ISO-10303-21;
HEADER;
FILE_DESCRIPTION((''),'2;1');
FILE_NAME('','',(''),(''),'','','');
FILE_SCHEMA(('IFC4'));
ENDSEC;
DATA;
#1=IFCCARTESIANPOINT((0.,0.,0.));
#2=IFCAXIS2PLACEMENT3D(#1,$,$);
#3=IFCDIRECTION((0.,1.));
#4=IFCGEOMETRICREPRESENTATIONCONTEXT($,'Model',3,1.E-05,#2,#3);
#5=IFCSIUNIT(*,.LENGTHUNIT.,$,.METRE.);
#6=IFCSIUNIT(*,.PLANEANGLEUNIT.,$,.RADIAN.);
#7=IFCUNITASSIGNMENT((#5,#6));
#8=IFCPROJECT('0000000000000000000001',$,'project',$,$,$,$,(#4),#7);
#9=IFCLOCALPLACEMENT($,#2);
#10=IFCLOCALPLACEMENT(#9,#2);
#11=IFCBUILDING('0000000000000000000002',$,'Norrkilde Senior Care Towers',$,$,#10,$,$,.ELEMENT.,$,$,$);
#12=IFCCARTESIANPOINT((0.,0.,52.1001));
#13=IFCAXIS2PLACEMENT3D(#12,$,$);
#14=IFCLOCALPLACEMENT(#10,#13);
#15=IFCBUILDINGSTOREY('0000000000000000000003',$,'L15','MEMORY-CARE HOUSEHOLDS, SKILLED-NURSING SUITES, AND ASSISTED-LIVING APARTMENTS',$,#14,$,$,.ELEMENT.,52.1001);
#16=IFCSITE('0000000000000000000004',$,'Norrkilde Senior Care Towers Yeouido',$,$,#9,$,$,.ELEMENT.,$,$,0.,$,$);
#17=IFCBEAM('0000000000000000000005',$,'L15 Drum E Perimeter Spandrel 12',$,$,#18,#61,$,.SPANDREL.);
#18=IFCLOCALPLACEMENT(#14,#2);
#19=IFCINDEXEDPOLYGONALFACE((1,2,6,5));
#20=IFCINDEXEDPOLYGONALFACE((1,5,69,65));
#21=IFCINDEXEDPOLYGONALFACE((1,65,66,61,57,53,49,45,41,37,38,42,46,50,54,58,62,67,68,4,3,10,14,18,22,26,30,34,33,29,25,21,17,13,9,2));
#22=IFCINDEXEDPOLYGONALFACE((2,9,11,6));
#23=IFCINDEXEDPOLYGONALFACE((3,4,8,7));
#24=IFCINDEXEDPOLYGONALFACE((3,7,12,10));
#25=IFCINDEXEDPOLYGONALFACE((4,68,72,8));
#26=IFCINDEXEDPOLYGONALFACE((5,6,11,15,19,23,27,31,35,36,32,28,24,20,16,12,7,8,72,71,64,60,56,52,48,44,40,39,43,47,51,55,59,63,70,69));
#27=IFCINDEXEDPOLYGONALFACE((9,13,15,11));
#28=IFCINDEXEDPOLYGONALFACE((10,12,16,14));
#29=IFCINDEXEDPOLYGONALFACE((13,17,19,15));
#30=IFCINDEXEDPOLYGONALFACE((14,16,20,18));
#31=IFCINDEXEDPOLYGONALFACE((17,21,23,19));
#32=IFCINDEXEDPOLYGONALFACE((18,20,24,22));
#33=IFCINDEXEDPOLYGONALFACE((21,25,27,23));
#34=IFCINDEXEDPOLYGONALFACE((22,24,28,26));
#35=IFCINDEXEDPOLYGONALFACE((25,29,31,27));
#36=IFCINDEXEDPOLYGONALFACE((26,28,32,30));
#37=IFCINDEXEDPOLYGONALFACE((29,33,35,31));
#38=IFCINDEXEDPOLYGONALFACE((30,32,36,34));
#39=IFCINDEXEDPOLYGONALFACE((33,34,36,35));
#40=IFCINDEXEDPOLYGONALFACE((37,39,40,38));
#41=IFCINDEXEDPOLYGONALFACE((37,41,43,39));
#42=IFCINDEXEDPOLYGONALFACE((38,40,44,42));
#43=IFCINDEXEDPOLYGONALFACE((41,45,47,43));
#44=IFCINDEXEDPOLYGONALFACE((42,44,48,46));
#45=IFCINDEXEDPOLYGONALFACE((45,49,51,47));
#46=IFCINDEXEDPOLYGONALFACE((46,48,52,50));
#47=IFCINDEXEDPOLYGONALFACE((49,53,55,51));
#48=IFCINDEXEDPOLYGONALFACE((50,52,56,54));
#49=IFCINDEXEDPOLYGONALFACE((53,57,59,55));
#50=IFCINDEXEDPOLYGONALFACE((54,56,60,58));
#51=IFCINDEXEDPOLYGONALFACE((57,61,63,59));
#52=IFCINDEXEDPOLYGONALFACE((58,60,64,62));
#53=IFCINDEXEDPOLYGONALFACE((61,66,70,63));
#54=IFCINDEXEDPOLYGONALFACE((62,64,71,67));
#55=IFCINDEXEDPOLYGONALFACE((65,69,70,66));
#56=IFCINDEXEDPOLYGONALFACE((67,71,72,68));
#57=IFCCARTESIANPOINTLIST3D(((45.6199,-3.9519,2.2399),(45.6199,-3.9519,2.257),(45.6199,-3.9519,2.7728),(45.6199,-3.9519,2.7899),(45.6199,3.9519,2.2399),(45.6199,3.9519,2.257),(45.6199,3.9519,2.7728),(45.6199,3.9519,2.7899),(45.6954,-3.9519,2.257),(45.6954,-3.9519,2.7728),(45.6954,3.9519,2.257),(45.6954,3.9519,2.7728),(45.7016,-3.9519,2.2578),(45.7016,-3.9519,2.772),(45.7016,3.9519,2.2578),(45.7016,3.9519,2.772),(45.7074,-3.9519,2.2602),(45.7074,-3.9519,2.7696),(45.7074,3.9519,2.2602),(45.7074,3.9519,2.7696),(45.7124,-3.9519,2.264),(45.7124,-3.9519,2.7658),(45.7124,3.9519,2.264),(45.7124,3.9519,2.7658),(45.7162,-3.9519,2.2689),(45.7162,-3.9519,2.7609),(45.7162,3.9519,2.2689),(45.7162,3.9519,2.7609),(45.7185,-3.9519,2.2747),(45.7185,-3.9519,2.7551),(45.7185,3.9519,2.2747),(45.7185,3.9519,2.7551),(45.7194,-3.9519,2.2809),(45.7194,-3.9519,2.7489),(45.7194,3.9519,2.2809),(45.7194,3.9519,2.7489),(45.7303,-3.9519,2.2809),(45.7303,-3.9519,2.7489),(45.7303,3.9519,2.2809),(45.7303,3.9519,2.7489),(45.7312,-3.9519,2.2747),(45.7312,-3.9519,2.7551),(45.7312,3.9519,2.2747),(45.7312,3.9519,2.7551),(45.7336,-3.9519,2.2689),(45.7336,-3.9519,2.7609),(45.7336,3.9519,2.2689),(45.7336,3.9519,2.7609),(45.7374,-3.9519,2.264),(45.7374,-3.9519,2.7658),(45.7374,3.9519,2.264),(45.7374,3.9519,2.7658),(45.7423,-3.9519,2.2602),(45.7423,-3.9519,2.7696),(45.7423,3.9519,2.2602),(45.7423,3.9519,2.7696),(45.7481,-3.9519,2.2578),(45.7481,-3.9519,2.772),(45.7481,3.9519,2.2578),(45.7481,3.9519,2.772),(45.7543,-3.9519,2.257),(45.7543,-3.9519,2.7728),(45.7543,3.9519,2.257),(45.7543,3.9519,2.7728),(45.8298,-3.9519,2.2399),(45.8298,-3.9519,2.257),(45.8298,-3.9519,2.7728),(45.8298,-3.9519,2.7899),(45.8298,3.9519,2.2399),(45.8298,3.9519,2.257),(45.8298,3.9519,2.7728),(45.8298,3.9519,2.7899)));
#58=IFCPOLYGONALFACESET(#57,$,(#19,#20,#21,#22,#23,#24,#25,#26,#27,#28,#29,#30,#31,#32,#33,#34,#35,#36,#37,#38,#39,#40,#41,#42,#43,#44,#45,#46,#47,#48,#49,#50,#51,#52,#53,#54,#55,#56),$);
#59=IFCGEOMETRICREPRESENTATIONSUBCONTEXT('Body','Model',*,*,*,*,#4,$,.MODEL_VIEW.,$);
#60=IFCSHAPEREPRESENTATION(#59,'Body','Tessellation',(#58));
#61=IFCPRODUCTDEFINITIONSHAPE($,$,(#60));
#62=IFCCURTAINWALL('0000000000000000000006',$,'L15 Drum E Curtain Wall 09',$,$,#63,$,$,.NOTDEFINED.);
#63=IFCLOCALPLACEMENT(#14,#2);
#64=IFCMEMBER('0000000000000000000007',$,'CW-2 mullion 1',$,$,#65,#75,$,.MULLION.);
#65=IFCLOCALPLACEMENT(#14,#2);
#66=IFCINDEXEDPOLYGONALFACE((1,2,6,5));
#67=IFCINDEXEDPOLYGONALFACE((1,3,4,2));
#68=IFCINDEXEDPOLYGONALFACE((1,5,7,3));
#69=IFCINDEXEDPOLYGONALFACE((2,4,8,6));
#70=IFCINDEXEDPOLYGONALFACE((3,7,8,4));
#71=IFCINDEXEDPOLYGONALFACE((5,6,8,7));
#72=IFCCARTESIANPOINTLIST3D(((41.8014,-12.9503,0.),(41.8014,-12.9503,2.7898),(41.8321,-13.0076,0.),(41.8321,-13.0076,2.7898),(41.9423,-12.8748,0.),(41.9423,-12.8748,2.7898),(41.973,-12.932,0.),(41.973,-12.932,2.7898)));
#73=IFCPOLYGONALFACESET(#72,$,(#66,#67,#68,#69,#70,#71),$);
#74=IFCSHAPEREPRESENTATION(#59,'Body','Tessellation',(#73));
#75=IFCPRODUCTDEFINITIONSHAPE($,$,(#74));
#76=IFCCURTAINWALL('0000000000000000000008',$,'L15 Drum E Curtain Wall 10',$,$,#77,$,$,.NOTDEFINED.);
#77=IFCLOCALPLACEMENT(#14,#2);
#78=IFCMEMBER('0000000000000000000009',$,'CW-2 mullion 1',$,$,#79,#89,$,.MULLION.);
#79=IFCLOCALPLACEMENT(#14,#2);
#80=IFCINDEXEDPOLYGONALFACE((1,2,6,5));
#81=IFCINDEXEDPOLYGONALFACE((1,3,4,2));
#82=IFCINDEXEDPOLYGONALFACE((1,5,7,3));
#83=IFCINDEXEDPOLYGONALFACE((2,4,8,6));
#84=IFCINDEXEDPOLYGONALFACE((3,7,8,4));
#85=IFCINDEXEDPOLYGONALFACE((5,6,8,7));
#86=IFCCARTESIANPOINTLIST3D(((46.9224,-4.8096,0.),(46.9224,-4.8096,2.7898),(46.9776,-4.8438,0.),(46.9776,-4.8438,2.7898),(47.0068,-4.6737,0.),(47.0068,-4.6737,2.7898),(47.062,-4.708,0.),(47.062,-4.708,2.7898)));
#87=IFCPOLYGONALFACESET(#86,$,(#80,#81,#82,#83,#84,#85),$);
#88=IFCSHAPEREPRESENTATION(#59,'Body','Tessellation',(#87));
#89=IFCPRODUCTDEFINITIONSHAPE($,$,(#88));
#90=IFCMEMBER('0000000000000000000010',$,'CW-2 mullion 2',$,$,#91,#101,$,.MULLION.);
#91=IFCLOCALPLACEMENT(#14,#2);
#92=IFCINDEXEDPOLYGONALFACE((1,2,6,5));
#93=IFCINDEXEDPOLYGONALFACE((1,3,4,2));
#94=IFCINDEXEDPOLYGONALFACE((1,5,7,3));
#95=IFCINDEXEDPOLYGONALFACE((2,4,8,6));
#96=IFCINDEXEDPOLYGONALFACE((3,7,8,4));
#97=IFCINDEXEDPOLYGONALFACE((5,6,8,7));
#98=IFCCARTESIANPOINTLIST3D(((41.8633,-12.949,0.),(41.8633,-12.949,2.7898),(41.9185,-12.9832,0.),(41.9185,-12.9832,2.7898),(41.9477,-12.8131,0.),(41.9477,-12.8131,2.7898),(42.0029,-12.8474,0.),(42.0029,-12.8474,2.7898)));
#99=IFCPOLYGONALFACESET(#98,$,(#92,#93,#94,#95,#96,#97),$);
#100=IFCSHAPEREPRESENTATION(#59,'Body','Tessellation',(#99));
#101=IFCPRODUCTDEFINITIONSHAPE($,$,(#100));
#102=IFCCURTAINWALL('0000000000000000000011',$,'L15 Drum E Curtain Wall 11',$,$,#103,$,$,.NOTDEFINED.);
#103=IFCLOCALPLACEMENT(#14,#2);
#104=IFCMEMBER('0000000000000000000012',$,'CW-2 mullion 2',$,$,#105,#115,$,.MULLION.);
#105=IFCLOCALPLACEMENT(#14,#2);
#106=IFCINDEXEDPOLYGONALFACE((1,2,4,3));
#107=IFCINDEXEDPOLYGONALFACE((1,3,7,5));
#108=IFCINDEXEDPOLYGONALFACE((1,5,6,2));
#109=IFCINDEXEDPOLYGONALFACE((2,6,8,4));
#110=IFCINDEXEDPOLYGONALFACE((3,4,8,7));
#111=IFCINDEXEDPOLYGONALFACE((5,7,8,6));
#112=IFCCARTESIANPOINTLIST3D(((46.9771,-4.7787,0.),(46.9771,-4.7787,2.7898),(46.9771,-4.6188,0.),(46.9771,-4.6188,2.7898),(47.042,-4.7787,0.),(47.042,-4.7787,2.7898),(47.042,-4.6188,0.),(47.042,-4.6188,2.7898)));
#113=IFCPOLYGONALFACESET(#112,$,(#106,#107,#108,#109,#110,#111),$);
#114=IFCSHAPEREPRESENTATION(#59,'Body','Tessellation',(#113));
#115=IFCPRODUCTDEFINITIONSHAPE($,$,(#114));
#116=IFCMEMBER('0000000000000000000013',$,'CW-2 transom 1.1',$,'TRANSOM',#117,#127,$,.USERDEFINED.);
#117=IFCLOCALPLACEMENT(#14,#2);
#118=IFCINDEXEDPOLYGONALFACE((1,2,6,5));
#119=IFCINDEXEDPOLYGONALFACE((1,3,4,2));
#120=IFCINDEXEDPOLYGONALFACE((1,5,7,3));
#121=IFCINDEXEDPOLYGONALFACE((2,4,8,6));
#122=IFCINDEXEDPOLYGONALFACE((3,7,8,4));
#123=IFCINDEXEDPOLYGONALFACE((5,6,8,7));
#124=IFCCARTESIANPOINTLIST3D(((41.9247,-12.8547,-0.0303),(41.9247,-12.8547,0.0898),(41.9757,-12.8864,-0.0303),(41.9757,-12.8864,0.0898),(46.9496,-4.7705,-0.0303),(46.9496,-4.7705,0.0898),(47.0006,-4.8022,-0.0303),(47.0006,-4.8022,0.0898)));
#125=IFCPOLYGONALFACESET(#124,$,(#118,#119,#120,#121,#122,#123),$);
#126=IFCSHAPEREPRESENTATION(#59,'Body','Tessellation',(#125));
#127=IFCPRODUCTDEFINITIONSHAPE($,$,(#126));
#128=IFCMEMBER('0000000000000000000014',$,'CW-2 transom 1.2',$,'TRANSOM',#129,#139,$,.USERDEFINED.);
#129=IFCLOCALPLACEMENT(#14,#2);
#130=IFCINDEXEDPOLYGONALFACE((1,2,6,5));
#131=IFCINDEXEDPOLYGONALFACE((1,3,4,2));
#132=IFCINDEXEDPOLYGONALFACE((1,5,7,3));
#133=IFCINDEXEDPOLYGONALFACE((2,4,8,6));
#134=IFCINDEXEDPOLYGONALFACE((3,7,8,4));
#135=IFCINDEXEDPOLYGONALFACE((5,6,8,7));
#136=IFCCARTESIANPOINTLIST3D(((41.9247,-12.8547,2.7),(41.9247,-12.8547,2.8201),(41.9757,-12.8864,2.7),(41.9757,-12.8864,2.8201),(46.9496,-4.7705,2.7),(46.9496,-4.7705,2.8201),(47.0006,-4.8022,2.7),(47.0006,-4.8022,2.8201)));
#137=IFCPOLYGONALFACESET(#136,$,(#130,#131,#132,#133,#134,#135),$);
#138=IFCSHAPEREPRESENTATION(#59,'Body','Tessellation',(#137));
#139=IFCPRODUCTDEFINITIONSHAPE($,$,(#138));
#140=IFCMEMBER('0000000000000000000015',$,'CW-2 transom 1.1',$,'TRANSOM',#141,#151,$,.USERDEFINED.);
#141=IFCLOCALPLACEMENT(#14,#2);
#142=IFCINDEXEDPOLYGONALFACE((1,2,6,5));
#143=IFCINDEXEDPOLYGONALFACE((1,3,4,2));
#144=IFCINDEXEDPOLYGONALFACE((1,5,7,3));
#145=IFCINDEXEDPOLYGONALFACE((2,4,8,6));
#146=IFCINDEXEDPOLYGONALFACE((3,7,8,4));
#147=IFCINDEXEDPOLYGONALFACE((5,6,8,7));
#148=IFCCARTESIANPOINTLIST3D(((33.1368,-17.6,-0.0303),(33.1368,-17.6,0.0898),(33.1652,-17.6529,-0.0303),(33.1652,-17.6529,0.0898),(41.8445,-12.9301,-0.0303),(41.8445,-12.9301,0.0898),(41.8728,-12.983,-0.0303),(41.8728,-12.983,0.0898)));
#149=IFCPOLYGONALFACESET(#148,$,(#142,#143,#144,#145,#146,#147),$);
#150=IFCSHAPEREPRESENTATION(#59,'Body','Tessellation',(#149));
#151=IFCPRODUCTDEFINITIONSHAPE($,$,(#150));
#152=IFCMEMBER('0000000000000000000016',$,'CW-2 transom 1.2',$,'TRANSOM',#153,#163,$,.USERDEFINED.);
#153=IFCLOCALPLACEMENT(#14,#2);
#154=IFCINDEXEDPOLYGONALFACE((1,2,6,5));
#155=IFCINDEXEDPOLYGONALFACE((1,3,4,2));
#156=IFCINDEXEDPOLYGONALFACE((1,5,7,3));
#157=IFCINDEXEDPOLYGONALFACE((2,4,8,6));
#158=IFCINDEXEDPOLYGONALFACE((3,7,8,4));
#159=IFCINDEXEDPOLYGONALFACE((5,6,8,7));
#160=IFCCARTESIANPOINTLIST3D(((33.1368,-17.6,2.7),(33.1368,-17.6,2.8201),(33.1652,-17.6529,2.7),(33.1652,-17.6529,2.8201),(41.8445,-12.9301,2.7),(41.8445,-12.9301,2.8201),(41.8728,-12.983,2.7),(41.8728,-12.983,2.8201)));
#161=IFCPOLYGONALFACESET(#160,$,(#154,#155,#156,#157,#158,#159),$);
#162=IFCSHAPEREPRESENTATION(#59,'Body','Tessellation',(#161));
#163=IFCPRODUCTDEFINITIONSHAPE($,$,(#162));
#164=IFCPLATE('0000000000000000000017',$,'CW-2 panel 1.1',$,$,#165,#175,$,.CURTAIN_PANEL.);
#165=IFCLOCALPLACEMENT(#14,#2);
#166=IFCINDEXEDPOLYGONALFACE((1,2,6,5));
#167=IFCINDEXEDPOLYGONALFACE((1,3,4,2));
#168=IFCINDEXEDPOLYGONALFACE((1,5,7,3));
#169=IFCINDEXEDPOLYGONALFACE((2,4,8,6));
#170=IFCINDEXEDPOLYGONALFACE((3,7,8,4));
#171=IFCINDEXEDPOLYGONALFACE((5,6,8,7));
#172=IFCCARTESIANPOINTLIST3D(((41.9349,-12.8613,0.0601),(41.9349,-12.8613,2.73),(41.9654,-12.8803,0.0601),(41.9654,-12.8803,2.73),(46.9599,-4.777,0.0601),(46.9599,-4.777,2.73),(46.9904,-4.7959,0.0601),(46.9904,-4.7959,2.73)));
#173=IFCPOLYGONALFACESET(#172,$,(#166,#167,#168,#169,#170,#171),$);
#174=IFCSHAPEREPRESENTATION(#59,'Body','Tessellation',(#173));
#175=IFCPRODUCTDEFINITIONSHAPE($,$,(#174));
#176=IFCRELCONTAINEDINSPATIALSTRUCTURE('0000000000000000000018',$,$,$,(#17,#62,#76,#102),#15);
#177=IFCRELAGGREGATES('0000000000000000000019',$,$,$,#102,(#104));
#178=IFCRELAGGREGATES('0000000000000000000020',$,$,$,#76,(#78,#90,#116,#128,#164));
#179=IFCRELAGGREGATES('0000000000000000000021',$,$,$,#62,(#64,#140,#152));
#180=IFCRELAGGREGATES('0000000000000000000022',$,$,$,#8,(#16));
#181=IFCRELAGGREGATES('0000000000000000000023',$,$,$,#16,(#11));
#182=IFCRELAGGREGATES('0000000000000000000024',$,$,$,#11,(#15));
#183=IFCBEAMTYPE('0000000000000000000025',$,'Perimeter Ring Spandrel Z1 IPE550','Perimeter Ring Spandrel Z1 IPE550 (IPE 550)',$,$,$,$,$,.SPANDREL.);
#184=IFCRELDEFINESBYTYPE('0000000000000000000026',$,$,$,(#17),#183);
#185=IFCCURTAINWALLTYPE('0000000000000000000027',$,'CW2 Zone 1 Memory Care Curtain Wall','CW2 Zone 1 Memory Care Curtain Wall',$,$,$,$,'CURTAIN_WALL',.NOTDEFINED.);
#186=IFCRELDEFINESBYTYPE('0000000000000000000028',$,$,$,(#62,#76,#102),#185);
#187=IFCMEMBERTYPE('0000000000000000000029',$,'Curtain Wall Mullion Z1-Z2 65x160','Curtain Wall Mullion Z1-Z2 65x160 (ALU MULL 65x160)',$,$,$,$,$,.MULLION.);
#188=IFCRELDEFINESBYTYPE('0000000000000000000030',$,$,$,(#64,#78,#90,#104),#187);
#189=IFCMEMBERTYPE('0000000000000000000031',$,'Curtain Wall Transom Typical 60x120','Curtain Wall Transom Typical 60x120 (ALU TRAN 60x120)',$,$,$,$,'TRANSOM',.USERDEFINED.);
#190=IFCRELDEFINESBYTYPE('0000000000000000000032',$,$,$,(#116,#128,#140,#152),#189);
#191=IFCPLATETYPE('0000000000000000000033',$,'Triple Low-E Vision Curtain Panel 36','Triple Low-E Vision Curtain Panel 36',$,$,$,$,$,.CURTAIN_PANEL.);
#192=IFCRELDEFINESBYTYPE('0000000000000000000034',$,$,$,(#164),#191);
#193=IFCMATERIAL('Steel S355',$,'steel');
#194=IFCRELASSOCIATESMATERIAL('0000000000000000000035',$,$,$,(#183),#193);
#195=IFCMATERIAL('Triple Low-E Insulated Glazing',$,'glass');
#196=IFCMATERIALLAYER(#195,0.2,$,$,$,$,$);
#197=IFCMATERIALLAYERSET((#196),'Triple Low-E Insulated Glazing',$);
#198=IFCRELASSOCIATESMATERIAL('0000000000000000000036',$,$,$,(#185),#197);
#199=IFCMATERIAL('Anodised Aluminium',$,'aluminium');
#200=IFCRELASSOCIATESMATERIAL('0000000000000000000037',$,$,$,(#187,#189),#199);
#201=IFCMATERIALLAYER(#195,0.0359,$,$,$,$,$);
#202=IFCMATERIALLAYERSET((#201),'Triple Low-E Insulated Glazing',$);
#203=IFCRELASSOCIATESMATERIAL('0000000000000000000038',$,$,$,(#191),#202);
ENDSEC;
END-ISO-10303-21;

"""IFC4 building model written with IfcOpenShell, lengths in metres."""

from ifc_helpers import new_model, si_unit, direction, frame, origin, origin_2d, place, context, subcontext, project, spatial, rectangle, i_section, extrude, source, transform, mapped, material, layer, layer_set, material_profile, profile_set, type_object, type_shapes, element, aggregate, save


model = new_model("IFC4")

# Units and contexts
model_context = context("Model", 3, precision=1e-05, world=origin(), true_north=direction((0.0, 1.0)))
body_context = subcontext(model_context, "Body", "Model", "MODEL_VIEW")
ifc_project = project(units=[si_unit("LENGTHUNIT", "METRE"), si_unit("PLANEANGLEUNIT", "RADIAN")], contexts=[model_context])

# Site, building, storey
site_placement = place(None, origin())
site = spatial("IfcSite", under=ifc_project, at=site_placement, Name="Norrkilde Senior Care Towers Yeouido", CompositionType="ELEMENT", RefElevation=0.0)
building_placement = place(site_placement, origin())
building = spatial("IfcBuilding", under=site, at=building_placement, Name="Norrkilde Senior Care Towers", CompositionType="ELEMENT")
storey_placement = place(building_placement, frame((0.0, 0.0, 52.1001)))
storey = spatial("IfcBuildingStorey", under=building, at=storey_placement, Name="L15", Description="MEMORY-CARE HOUSEHOLDS, SKILLED-NURSING SUITES, AND ASSISTED-LIVING APARTMENTS", CompositionType="ELEMENT", Elevation=52.1001)

# Beam
ifc_material_1 = material(Name="Steel S355", Category="steel")
ifc_material_profile_1 = material_profile(ifc_material_1, i_section(OverallWidth=0.21, OverallDepth=0.55, WebThickness=0.011, FlangeThickness=0.0171, FilletRadius=0.0239, at=origin_2d()), Name="IPE 550")
ifc_profile_set_1 = profile_set([ifc_material_profile_1], Name="Steel S355")
beam_type_1 = type_object("IfcBeamType", Name="Perimeter Ring Spandrel Z1 IPE550", Description="Perimeter Ring Spandrel Z1 IPE550 (IPE 550)", PredefinedType="SPANDREL", material=ifc_profile_set_1)
shared_shape_1 = source(origin(), body_context, "Body", "SweptSolid", [
    extrude(i_section(OverallWidth=0.21, OverallDepth=0.55, WebThickness=0.011, FlangeThickness=0.0171, FilletRadius=0.0239, at=origin_2d()), origin(), (0.0, 0.0, 1.0), 7.9038),
])
beam_1_placement = place(storey_placement, frame((45.7249, -3.9519, 2.5149), z_axis=(0.0, 1.0, 0.0), x_axis=(-1.0, 0.0, 0.0)))
element("IfcBeam", 1, at=beam_1_placement, inside=storey, type_object=beam_type_1, Name="L15 Drum E Perimeter Spandrel 12", PredefinedType="SPANDREL", context=body_context, shape_type="MappedRepresentation", body=[
    mapped(shared_shape_1, transform((0.0, 0.0, 0.0), x_axis=(1.0, 0.0, 0.0), y_axis=(0.0, 1.0, 0.0), z_axis=(0.0, 0.0, 1.0), scale=1.0)),
])

# Curtain wall, member
ifc_material_2 = material(Name="Triple Low-E Insulated Glazing", Category="glass")
ifc_layer_1 = layer(ifc_material_2, 0.2)
ifc_layer_set_1 = layer_set([ifc_layer_1], Name="Triple Low-E Insulated Glazing")
curtain_wall_type = type_object("IfcCurtainWallType", Name="CW2 Zone 1 Memory Care Curtain Wall", Description="CW2 Zone 1 Memory Care Curtain Wall", ElementType="CURTAIN_WALL", PredefinedType="NOTDEFINED", material=ifc_layer_set_1)
curtain_wall_1_placement = place(storey_placement, origin())
curtain_wall_1 = element("IfcCurtainWall", 2, at=curtain_wall_1_placement, inside=storey, type_object=curtain_wall_type, Name="L15 Drum E Curtain Wall 09", PredefinedType="NOTDEFINED")
ifc_material_3 = material(Name="Anodised Aluminium", Category="aluminium")
ifc_material_profile_2 = material_profile(ifc_material_3, rectangle(XDim=0.0649, YDim=0.1599, at=origin_2d()), Name="ALU MULL 65x160")
ifc_profile_set_2 = profile_set([ifc_material_profile_2], Name="Anodised Aluminium")
member_type_1 = type_object("IfcMemberType", Name="Curtain Wall Mullion Z1-Z2 65x160", Description="Curtain Wall Mullion Z1-Z2 65x160 (ALU MULL 65x160)", PredefinedType="MULLION", material=ifc_profile_set_2)
shared_shape_2 = source(origin(), body_context, "Body", "SweptSolid", [
    extrude(rectangle(XDim=0.0649, YDim=0.1599, at=origin_2d()), origin(), (0.0, 0.0, 1.0), 2.7898),
])
type_shapes(member_type_1, [shared_shape_2])
member_1_placement = place(storey_placement, frame((41.8872, -12.9412, 0.0), z_axis=(0.0, 0.0, 1.0), x_axis=(0.472608, -0.881273, 0.0)))
member_1 = element("IfcMember", 3, at=member_1_placement, type_object=member_type_1, Name="CW-2 mullion 1", PredefinedType="MULLION", context=body_context, shape_type="MappedRepresentation", body=[
    mapped(shared_shape_2, transform((0.0, 0.0, 0.0), x_axis=(1.0, 0.0, 0.0), y_axis=(0.0, 1.0, 0.0), z_axis=(0.0, 0.0, 1.0), scale=1.0)),
])

# Curtain wall, members
curtain_wall_2_placement = place(storey_placement, origin())
curtain_wall_2 = element("IfcCurtainWall", 4, at=curtain_wall_2_placement, inside=storey, type_object=curtain_wall_type, Name="L15 Drum E Curtain Wall 10", PredefinedType="NOTDEFINED")
member_2_placement = place(storey_placement, frame((46.9922, -4.7588, 0.0), z_axis=(0.0, 0.0, 1.0), x_axis=(0.849306, -0.527901, 0.0)))
member_2 = element("IfcMember", 5, at=member_2_placement, type_object=member_type_1, Name="CW-2 mullion 1", PredefinedType="MULLION", context=body_context, shape_type="MappedRepresentation", body=[
    mapped(shared_shape_2, transform((0.0, 0.0, 0.0), x_axis=(1.0, 0.0, 0.0), y_axis=(0.0, 1.0, 0.0), z_axis=(0.0, 0.0, 1.0), scale=1.0)),
])
member_3_placement = place(storey_placement, frame((41.9331, -12.8982, 0.0), z_axis=(0.0, 0.0, 1.0), x_axis=(0.849306, -0.527901, 0.0)))
member_3 = element("IfcMember", 6, at=member_3_placement, type_object=member_type_1, Name="CW-2 mullion 2", PredefinedType="MULLION", context=body_context, shape_type="MappedRepresentation", body=[
    mapped(shared_shape_2, transform((0.0, 0.0, 0.0), x_axis=(1.0, 0.0, 0.0), y_axis=(0.0, 1.0, 0.0), z_axis=(0.0, 0.0, 1.0), scale=1.0)),
])

# Curtain wall, member
curtain_wall_3_placement = place(storey_placement, origin())
curtain_wall_3 = element("IfcCurtainWall", 7, at=curtain_wall_3_placement, inside=storey, type_object=curtain_wall_type, Name="L15 Drum E Curtain Wall 11", PredefinedType="NOTDEFINED")
member_4_placement = place(storey_placement, frame((47.0095, -4.6987, 0.0), z_axis=(0.0, 0.0, 1.0), x_axis=(1.0, 0.0, 0.0)))
member_4 = element("IfcMember", 8, at=member_4_placement, type_object=member_type_1, Name="CW-2 mullion 2", PredefinedType="MULLION", context=body_context, shape_type="MappedRepresentation", body=[
    mapped(shared_shape_2, transform((0.0, 0.0, 0.0), x_axis=(1.0, 0.0, 0.0), y_axis=(0.0, 1.0, 0.0), z_axis=(0.0, 0.0, 1.0), scale=1.0)),
])
aggregate(curtain_wall_3, [member_4])

# Members
ifc_material_profile_3 = material_profile(ifc_material_3, rectangle(XDim=0.0601, YDim=0.1201, at=origin_2d()), Name="ALU TRAN 60x120")
ifc_profile_set_3 = profile_set([ifc_material_profile_3], Name="Anodised Aluminium")
member_type_2 = type_object("IfcMemberType", Name="Curtain Wall Transom Typical 60x120", Description="Curtain Wall Transom Typical 60x120 (ALU TRAN 60x120)", ElementType="TRANSOM", PredefinedType="USERDEFINED", material=ifc_profile_set_3)
shared_shape_3 = source(origin(), body_context, "Body", "SweptSolid", [
    extrude(rectangle(XDim=0.0601, YDim=0.1201, at=origin_2d()), origin(), (0.0, 0.0, 1.0), 9.5186),
])
member_5_placement = place(storey_placement, frame((46.9751, -4.7864, 0.0298), z_axis=(-0.527902, -0.849306, 0.0), x_axis=(0.849306, -0.527902, 0.0)))
member_5 = element("IfcMember", 9, at=member_5_placement, type_object=member_type_2, Name="CW-2 transom 1.1", ObjectType="TRANSOM", PredefinedType="USERDEFINED", context=body_context, shape_type="MappedRepresentation", body=[
    mapped(shared_shape_3, transform((0.0, 0.0, 0.0), x_axis=(1.0, 0.0, 0.0), y_axis=(0.0, 1.0, 0.0), z_axis=(0.0, 0.0, 1.0), scale=1.0)),
])
member_6_placement = place(storey_placement, frame((46.9751, -4.7864, 2.76), z_axis=(-0.527902, -0.849306, 0.0), x_axis=(0.849306, -0.527902, 0.0)))
member_6 = element("IfcMember", 10, at=member_6_placement, type_object=member_type_2, Name="CW-2 transom 1.2", ObjectType="TRANSOM", PredefinedType="USERDEFINED", context=body_context, shape_type="MappedRepresentation", body=[
    mapped(shared_shape_3, transform((0.0, 0.0, 0.0), x_axis=(1.0, 0.0, 0.0), y_axis=(0.0, 1.0, 0.0), z_axis=(0.0, 0.0, 1.0), scale=1.0)),
])
shared_shape_4 = source(origin(), body_context, "Body", "SweptSolid", [
    extrude(rectangle(XDim=0.0601, YDim=0.1201, at=origin_2d()), origin(), (0.0, 0.0, 1.0), 9.8809),
])
type_shapes(member_type_2, [shared_shape_3, shared_shape_4])
member_7_placement = place(storey_placement, frame((41.8586, -12.9565, 0.0298), z_axis=(-0.881267, -0.472618, 0.0), x_axis=(0.472618, -0.881267, 0.0)))
member_7 = element("IfcMember", 11, at=member_7_placement, type_object=member_type_2, Name="CW-2 transom 1.1", ObjectType="TRANSOM", PredefinedType="USERDEFINED", context=body_context, shape_type="MappedRepresentation", body=[
    mapped(shared_shape_4, transform((0.0, 0.0, 0.0), x_axis=(1.0, 0.0, 0.0), y_axis=(0.0, 1.0, 0.0), z_axis=(0.0, 0.0, 1.0), scale=1.0)),
])
member_8_placement = place(storey_placement, frame((41.8586, -12.9565, 2.76), z_axis=(-0.881267, -0.472618, 0.0), x_axis=(0.472618, -0.881267, 0.0)))
member_8 = element("IfcMember", 12, at=member_8_placement, type_object=member_type_2, Name="CW-2 transom 1.2", ObjectType="TRANSOM", PredefinedType="USERDEFINED", context=body_context, shape_type="MappedRepresentation", body=[
    mapped(shared_shape_4, transform((0.0, 0.0, 0.0), x_axis=(1.0, 0.0, 0.0), y_axis=(0.0, 1.0, 0.0), z_axis=(0.0, 0.0, 1.0), scale=1.0)),
])

# Plate
ifc_layer_2 = layer(ifc_material_2, 0.0359)
ifc_layer_set_2 = layer_set([ifc_layer_2], Name="Triple Low-E Insulated Glazing")
plate_type = type_object("IfcPlateType", Name="Triple Low-E Vision Curtain Panel 36", Description="Triple Low-E Vision Curtain Panel 36", PredefinedType="CURTAIN_PANEL", material=ifc_layer_set_2)
shared_shape_5 = source(origin(), body_context, "Body", "SweptSolid", [
    extrude(rectangle(XDim=9.5188, YDim=0.0359, at=origin_2d()), origin(), (0.0, 0.0, 1.0), 2.6699),
])
plate_1_placement = place(storey_placement, frame((44.4626, -8.8286, 0.0601), z_axis=(0.0, 0.0, 1.0), x_axis=(-0.527901, -0.849306, 0.0)))
plate_1 = element("IfcPlate", 13, at=plate_1_placement, type_object=plate_type, Name="CW-2 panel 1.1", PredefinedType="CURTAIN_PANEL", context=body_context, shape_type="MappedRepresentation", body=[
    mapped(shared_shape_5, transform((0.0, 0.0, 0.0), x_axis=(1.0, 0.0, 0.0), y_axis=(0.0, 1.0, 0.0), z_axis=(0.0, 0.0, 1.0), scale=1.0)),
])
aggregate(curtain_wall_2, [member_2, member_3, member_5, member_6, plate_1])
aggregate(curtain_wall_1, [member_1, member_7, member_8])

save(model, "model.ifc")
